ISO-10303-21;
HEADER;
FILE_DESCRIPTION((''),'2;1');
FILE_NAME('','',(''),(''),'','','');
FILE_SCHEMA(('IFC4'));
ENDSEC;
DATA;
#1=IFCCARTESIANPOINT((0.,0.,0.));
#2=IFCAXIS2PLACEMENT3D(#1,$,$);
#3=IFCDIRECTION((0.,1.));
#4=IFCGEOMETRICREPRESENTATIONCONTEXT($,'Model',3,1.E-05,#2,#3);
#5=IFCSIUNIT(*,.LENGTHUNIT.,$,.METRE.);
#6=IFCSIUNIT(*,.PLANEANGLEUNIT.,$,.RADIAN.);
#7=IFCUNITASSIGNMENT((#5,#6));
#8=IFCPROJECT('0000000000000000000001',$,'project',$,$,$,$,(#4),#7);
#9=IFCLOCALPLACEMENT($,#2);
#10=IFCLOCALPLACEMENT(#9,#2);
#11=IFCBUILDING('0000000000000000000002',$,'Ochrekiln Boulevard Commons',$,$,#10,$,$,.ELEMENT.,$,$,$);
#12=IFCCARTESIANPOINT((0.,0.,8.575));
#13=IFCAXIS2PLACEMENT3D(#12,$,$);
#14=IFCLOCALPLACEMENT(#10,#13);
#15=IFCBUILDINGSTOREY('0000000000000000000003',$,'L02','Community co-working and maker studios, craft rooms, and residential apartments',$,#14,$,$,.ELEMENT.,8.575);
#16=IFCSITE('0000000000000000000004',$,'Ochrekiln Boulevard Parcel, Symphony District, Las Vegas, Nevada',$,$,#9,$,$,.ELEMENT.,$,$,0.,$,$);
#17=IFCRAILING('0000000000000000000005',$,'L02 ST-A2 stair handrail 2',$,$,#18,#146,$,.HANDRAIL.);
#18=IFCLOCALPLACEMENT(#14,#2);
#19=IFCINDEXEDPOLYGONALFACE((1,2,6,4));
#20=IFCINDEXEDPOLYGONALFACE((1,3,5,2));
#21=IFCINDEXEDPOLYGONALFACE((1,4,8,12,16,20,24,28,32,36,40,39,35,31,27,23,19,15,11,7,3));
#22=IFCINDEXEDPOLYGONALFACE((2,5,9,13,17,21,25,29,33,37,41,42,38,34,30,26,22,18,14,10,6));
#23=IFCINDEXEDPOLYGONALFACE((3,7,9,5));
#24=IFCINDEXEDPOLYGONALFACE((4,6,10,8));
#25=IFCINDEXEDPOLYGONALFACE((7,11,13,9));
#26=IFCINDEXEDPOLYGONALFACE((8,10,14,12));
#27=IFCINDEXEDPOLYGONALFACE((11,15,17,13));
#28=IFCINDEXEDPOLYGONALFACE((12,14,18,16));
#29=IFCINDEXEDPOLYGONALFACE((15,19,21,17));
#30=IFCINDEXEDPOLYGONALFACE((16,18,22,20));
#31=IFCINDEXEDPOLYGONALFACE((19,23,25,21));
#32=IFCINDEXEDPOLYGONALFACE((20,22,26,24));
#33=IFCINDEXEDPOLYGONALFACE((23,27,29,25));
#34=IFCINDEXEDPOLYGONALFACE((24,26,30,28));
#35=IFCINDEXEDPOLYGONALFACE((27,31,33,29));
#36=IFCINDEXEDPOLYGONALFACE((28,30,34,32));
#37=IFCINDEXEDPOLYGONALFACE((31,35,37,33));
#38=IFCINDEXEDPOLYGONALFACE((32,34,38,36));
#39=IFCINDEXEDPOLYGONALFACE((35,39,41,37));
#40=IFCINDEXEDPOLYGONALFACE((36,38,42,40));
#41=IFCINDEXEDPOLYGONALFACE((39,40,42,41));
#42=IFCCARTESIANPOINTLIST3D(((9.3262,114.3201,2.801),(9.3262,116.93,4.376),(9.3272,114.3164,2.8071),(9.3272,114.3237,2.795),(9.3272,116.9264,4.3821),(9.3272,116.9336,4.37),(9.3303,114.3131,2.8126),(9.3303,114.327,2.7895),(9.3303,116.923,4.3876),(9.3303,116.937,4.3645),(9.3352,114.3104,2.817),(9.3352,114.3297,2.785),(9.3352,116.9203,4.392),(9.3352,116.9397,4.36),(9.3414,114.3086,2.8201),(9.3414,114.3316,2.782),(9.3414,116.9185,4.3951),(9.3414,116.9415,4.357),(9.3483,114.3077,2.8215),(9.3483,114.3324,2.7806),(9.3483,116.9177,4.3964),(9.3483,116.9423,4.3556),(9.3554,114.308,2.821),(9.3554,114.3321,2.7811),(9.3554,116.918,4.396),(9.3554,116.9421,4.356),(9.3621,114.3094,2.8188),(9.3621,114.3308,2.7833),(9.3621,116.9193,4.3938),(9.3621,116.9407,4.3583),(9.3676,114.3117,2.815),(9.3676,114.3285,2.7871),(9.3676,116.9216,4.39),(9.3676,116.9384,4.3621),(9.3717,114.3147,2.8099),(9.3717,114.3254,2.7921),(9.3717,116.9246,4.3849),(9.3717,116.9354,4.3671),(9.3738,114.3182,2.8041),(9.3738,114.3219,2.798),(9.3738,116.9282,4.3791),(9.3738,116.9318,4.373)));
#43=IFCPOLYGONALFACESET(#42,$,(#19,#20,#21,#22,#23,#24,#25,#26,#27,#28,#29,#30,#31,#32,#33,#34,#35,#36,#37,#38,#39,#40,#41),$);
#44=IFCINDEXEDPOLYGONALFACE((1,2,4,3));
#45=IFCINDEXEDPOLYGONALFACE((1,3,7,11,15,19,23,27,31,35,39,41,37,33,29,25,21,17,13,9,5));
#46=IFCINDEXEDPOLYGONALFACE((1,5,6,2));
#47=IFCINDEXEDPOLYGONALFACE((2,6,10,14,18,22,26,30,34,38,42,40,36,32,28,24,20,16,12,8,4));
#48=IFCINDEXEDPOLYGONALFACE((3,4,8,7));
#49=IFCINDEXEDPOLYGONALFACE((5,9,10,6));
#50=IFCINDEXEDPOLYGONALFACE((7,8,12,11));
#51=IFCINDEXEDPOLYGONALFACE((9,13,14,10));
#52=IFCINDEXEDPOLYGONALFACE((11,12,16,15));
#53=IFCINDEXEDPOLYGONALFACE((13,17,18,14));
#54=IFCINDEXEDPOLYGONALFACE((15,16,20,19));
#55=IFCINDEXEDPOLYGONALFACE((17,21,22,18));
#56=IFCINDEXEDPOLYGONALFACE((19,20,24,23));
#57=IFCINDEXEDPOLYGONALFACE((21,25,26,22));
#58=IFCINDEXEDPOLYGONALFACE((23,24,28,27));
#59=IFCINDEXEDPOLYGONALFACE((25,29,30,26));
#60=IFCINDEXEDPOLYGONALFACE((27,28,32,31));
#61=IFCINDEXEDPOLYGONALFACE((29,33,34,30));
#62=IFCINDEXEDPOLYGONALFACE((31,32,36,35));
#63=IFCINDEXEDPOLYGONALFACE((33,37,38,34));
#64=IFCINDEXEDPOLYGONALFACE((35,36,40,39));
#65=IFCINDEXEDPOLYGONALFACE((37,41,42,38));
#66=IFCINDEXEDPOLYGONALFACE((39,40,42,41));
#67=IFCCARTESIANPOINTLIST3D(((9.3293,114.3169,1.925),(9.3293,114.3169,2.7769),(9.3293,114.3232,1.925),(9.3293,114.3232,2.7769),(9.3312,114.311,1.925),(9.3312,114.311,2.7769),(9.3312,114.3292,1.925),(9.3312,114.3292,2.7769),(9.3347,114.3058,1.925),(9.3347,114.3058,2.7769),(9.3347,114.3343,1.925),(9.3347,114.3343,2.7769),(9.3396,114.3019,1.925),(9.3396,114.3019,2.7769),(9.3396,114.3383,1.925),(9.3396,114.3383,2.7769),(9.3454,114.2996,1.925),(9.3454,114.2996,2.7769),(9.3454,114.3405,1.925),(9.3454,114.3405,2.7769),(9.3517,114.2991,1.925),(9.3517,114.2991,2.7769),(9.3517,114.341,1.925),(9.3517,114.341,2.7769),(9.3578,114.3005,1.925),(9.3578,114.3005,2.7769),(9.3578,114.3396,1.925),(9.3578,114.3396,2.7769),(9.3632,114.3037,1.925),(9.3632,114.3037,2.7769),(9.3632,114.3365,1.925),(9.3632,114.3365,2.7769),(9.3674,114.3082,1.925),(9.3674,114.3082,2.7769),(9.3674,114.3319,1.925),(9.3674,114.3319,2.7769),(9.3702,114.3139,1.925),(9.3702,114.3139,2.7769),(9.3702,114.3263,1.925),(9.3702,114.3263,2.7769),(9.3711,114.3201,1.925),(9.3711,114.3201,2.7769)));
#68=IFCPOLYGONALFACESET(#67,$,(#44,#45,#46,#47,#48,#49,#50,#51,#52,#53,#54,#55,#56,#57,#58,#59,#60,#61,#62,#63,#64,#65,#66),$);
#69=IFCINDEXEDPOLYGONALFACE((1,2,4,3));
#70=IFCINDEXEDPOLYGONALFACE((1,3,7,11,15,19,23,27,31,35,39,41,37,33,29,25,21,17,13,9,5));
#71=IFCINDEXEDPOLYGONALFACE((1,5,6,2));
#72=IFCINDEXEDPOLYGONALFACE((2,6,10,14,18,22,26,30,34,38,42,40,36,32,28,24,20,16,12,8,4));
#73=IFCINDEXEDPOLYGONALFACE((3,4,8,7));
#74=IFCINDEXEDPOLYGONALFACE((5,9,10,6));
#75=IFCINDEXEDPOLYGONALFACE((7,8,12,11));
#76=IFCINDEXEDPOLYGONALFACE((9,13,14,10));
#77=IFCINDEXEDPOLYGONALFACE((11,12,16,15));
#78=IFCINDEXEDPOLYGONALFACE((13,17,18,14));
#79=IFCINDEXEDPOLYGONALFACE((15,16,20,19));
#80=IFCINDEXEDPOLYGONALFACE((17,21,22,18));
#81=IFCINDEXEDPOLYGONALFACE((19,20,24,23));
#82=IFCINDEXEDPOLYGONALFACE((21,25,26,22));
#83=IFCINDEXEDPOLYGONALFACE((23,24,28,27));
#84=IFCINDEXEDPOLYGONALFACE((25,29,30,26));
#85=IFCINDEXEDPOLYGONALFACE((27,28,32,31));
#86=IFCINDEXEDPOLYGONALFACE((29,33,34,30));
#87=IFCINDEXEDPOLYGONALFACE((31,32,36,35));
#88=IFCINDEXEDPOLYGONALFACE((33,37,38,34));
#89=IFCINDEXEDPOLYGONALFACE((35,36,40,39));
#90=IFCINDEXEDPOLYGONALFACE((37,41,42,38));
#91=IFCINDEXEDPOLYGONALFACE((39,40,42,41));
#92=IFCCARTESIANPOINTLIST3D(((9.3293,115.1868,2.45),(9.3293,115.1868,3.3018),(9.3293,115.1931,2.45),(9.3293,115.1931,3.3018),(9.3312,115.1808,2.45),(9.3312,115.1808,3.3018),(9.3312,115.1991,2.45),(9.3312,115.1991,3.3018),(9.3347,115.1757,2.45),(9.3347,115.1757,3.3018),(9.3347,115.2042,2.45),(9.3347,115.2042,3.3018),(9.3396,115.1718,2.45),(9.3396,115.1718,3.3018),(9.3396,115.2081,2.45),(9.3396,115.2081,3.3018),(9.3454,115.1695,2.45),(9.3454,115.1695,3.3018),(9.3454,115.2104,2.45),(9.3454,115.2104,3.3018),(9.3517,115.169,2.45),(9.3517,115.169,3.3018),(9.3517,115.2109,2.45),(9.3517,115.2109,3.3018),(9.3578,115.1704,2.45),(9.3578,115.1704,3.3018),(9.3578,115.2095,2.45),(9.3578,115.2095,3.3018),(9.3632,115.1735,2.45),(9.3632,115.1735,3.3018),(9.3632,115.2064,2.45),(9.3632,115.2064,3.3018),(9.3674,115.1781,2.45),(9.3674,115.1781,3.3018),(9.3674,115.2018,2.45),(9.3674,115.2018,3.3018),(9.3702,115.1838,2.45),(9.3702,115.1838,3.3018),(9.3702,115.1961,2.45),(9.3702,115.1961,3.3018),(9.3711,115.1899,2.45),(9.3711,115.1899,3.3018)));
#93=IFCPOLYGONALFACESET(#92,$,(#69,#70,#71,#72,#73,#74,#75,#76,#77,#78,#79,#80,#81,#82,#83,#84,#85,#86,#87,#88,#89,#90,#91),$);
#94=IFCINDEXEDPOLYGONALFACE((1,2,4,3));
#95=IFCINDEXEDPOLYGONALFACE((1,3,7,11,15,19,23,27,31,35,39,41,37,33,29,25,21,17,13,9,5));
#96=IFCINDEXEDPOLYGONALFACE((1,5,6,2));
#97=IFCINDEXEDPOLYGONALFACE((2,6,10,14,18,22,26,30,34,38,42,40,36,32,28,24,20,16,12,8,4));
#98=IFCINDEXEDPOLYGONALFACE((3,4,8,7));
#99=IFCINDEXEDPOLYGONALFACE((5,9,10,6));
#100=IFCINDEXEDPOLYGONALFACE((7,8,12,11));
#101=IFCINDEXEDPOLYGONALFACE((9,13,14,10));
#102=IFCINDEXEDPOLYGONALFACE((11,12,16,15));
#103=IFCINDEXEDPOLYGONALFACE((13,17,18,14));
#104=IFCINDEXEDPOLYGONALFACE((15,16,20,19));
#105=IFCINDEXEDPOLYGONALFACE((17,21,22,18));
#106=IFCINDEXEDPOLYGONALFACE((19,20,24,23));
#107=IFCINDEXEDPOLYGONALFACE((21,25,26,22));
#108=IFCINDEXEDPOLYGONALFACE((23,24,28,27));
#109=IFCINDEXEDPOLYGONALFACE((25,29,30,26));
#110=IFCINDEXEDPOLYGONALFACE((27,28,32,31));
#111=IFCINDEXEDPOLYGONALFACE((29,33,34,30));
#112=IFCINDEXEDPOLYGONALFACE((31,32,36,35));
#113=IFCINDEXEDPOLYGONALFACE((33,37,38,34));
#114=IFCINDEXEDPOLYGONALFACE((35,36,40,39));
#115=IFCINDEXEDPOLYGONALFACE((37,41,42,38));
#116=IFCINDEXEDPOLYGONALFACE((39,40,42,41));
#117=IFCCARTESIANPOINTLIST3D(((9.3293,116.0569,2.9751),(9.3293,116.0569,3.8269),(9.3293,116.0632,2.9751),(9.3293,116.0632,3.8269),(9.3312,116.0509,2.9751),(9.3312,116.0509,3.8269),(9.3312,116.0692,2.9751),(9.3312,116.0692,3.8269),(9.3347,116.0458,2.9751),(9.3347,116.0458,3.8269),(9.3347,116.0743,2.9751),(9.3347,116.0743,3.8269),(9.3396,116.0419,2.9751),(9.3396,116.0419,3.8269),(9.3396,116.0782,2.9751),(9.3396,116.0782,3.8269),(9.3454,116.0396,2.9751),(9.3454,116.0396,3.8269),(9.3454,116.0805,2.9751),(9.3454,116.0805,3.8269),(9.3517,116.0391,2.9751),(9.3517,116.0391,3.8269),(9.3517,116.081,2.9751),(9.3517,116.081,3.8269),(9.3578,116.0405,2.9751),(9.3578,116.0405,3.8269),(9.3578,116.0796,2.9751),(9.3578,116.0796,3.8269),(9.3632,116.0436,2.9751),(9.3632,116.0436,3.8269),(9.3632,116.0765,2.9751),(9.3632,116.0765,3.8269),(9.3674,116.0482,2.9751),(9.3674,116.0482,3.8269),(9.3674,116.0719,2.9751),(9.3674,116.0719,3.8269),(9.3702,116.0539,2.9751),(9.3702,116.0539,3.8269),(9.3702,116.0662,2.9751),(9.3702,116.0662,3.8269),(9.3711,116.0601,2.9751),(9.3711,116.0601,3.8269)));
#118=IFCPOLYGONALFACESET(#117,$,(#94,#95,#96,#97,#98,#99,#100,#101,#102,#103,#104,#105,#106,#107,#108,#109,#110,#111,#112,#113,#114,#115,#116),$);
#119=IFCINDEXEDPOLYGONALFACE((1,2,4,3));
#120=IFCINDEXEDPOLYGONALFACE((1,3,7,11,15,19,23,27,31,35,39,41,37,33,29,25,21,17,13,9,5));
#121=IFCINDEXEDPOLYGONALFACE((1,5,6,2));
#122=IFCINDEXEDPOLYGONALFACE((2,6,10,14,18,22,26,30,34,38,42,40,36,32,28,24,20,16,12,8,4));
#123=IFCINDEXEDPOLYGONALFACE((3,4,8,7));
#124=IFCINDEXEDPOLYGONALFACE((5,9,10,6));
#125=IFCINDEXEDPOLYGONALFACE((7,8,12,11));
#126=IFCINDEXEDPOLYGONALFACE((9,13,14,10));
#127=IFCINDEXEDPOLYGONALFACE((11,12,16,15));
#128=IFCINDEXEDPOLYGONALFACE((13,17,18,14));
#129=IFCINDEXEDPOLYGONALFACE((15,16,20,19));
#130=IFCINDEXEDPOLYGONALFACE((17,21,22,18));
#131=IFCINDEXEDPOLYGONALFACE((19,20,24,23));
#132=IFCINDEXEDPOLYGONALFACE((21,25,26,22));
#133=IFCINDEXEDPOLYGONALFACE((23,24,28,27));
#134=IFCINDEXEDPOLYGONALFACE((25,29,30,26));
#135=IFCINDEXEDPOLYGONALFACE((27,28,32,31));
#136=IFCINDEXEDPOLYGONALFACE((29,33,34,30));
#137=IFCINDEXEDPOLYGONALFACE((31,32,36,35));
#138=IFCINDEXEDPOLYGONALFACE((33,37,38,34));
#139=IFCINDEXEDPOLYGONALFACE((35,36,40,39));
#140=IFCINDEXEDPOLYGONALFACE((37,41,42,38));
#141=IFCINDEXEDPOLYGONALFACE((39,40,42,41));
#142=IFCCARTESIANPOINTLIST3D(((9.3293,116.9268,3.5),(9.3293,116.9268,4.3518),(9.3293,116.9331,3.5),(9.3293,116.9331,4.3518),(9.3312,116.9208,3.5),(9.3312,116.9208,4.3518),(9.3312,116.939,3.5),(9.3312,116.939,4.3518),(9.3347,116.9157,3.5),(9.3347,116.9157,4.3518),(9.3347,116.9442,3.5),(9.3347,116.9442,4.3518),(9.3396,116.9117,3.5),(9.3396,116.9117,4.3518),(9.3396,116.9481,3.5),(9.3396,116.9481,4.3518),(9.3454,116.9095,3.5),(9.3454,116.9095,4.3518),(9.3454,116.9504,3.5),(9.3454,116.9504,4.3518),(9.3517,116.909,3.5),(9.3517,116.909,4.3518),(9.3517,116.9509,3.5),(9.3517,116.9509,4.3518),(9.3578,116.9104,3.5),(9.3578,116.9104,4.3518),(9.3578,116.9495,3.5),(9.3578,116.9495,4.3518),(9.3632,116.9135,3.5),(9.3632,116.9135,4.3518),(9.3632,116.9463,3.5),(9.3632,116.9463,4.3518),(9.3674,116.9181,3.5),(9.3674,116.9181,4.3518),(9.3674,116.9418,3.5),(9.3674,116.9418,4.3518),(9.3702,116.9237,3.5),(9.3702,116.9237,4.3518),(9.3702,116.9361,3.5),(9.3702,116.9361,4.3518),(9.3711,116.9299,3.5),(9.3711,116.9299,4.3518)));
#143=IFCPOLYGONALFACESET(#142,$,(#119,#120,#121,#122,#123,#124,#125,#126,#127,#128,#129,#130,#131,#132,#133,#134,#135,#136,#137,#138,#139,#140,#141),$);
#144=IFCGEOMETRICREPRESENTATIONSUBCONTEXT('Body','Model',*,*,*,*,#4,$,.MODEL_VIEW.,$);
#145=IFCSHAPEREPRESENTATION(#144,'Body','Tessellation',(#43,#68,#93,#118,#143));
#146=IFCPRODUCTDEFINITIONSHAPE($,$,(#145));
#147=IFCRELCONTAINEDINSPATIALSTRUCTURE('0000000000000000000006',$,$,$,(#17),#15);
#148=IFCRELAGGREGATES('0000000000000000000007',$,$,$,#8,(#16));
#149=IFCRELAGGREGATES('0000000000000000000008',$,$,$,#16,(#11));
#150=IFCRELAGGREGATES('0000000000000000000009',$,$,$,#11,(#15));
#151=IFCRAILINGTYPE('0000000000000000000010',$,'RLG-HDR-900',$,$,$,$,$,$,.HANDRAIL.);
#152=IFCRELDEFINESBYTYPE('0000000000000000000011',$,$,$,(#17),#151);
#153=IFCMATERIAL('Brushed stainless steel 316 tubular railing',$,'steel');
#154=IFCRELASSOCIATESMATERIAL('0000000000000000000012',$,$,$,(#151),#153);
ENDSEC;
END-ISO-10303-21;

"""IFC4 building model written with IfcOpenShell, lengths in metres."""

from ifc_helpers import new_model, si_unit, direction, frame, origin, origin_2d, place, context, subcontext, project, spatial, circle, extrude, material, type_object, element, save


model = new_model("IFC4")

# Units and contexts
model_context = context("Model", 3, precision=1e-05, world=origin(), true_north=direction((0.0, 1.0)))
body_context = subcontext(model_context, "Body", "Model", "MODEL_VIEW")
ifc_project = project(units=[si_unit("LENGTHUNIT", "METRE"), si_unit("PLANEANGLEUNIT", "RADIAN")], contexts=[model_context])

# Site, building, storey
site_placement = place(None, origin())
site = spatial("IfcSite", under=ifc_project, at=site_placement, Name="Ochrekiln Boulevard Parcel, Symphony District, Las Vegas, Nevada", CompositionType="ELEMENT", RefElevation=0.0)
building_placement = place(site_placement, origin())
building = spatial("IfcBuilding", under=site, at=building_placement, Name="Ochrekiln Boulevard Commons", CompositionType="ELEMENT")
storey_placement = place(building_placement, frame((0.0, 0.0, 8.575)))
storey = spatial("IfcBuildingStorey", under=building, at=storey_placement, Name="L02", Description="Community co-working and maker studios, craft rooms, and residential apartments", CompositionType="ELEMENT", Elevation=8.575)

# Railing
ifc_material_1 = material(Name="Brushed stainless steel 316 tubular railing", Category="steel")
railing_type_1 = type_object("IfcRailingType", Name="RLG-HDR-900", PredefinedType="HANDRAIL", material=ifc_material_1)
railing_1_placement = place(storey_placement, frame((9.3501, 114.3201, 1.925)))
element("IfcRailing", 1, at=railing_1_placement, inside=storey, type_object=railing_type_1, Name="L02 ST-A2 stair handrail 2", PredefinedType="HANDRAIL", context=body_context, shape_type="SweptSolid", body=[
    extrude(circle(Radius=0.0239, at=origin_2d()), frame((0.0, 0.0, 0.876), z_axis=(0.0, 0.856183, 0.516673), x_axis=(-1.0, 0.0, 0.0)), (0.0, 0.0, 1.0), 3.0483),
    extrude(circle(Radius=0.021, at=origin_2d()), origin(), (0.0, 0.0, 1.0), 0.8518),
    extrude(circle(Radius=0.021, at=origin_2d()), frame((0.0, 0.8699, 0.5249)), (0.0, 0.0, 1.0), 0.8518),
    extrude(circle(Radius=0.021, at=origin_2d()), frame((0.0, 1.74, 1.05)), (0.0, 0.0, 1.0), 0.8518),
    extrude(circle(Radius=0.021, at=origin_2d()), frame((0.0, 2.6099, 1.575)), (0.0, 0.0, 1.0), 0.8518),
])

save(model, "model.ifc")
